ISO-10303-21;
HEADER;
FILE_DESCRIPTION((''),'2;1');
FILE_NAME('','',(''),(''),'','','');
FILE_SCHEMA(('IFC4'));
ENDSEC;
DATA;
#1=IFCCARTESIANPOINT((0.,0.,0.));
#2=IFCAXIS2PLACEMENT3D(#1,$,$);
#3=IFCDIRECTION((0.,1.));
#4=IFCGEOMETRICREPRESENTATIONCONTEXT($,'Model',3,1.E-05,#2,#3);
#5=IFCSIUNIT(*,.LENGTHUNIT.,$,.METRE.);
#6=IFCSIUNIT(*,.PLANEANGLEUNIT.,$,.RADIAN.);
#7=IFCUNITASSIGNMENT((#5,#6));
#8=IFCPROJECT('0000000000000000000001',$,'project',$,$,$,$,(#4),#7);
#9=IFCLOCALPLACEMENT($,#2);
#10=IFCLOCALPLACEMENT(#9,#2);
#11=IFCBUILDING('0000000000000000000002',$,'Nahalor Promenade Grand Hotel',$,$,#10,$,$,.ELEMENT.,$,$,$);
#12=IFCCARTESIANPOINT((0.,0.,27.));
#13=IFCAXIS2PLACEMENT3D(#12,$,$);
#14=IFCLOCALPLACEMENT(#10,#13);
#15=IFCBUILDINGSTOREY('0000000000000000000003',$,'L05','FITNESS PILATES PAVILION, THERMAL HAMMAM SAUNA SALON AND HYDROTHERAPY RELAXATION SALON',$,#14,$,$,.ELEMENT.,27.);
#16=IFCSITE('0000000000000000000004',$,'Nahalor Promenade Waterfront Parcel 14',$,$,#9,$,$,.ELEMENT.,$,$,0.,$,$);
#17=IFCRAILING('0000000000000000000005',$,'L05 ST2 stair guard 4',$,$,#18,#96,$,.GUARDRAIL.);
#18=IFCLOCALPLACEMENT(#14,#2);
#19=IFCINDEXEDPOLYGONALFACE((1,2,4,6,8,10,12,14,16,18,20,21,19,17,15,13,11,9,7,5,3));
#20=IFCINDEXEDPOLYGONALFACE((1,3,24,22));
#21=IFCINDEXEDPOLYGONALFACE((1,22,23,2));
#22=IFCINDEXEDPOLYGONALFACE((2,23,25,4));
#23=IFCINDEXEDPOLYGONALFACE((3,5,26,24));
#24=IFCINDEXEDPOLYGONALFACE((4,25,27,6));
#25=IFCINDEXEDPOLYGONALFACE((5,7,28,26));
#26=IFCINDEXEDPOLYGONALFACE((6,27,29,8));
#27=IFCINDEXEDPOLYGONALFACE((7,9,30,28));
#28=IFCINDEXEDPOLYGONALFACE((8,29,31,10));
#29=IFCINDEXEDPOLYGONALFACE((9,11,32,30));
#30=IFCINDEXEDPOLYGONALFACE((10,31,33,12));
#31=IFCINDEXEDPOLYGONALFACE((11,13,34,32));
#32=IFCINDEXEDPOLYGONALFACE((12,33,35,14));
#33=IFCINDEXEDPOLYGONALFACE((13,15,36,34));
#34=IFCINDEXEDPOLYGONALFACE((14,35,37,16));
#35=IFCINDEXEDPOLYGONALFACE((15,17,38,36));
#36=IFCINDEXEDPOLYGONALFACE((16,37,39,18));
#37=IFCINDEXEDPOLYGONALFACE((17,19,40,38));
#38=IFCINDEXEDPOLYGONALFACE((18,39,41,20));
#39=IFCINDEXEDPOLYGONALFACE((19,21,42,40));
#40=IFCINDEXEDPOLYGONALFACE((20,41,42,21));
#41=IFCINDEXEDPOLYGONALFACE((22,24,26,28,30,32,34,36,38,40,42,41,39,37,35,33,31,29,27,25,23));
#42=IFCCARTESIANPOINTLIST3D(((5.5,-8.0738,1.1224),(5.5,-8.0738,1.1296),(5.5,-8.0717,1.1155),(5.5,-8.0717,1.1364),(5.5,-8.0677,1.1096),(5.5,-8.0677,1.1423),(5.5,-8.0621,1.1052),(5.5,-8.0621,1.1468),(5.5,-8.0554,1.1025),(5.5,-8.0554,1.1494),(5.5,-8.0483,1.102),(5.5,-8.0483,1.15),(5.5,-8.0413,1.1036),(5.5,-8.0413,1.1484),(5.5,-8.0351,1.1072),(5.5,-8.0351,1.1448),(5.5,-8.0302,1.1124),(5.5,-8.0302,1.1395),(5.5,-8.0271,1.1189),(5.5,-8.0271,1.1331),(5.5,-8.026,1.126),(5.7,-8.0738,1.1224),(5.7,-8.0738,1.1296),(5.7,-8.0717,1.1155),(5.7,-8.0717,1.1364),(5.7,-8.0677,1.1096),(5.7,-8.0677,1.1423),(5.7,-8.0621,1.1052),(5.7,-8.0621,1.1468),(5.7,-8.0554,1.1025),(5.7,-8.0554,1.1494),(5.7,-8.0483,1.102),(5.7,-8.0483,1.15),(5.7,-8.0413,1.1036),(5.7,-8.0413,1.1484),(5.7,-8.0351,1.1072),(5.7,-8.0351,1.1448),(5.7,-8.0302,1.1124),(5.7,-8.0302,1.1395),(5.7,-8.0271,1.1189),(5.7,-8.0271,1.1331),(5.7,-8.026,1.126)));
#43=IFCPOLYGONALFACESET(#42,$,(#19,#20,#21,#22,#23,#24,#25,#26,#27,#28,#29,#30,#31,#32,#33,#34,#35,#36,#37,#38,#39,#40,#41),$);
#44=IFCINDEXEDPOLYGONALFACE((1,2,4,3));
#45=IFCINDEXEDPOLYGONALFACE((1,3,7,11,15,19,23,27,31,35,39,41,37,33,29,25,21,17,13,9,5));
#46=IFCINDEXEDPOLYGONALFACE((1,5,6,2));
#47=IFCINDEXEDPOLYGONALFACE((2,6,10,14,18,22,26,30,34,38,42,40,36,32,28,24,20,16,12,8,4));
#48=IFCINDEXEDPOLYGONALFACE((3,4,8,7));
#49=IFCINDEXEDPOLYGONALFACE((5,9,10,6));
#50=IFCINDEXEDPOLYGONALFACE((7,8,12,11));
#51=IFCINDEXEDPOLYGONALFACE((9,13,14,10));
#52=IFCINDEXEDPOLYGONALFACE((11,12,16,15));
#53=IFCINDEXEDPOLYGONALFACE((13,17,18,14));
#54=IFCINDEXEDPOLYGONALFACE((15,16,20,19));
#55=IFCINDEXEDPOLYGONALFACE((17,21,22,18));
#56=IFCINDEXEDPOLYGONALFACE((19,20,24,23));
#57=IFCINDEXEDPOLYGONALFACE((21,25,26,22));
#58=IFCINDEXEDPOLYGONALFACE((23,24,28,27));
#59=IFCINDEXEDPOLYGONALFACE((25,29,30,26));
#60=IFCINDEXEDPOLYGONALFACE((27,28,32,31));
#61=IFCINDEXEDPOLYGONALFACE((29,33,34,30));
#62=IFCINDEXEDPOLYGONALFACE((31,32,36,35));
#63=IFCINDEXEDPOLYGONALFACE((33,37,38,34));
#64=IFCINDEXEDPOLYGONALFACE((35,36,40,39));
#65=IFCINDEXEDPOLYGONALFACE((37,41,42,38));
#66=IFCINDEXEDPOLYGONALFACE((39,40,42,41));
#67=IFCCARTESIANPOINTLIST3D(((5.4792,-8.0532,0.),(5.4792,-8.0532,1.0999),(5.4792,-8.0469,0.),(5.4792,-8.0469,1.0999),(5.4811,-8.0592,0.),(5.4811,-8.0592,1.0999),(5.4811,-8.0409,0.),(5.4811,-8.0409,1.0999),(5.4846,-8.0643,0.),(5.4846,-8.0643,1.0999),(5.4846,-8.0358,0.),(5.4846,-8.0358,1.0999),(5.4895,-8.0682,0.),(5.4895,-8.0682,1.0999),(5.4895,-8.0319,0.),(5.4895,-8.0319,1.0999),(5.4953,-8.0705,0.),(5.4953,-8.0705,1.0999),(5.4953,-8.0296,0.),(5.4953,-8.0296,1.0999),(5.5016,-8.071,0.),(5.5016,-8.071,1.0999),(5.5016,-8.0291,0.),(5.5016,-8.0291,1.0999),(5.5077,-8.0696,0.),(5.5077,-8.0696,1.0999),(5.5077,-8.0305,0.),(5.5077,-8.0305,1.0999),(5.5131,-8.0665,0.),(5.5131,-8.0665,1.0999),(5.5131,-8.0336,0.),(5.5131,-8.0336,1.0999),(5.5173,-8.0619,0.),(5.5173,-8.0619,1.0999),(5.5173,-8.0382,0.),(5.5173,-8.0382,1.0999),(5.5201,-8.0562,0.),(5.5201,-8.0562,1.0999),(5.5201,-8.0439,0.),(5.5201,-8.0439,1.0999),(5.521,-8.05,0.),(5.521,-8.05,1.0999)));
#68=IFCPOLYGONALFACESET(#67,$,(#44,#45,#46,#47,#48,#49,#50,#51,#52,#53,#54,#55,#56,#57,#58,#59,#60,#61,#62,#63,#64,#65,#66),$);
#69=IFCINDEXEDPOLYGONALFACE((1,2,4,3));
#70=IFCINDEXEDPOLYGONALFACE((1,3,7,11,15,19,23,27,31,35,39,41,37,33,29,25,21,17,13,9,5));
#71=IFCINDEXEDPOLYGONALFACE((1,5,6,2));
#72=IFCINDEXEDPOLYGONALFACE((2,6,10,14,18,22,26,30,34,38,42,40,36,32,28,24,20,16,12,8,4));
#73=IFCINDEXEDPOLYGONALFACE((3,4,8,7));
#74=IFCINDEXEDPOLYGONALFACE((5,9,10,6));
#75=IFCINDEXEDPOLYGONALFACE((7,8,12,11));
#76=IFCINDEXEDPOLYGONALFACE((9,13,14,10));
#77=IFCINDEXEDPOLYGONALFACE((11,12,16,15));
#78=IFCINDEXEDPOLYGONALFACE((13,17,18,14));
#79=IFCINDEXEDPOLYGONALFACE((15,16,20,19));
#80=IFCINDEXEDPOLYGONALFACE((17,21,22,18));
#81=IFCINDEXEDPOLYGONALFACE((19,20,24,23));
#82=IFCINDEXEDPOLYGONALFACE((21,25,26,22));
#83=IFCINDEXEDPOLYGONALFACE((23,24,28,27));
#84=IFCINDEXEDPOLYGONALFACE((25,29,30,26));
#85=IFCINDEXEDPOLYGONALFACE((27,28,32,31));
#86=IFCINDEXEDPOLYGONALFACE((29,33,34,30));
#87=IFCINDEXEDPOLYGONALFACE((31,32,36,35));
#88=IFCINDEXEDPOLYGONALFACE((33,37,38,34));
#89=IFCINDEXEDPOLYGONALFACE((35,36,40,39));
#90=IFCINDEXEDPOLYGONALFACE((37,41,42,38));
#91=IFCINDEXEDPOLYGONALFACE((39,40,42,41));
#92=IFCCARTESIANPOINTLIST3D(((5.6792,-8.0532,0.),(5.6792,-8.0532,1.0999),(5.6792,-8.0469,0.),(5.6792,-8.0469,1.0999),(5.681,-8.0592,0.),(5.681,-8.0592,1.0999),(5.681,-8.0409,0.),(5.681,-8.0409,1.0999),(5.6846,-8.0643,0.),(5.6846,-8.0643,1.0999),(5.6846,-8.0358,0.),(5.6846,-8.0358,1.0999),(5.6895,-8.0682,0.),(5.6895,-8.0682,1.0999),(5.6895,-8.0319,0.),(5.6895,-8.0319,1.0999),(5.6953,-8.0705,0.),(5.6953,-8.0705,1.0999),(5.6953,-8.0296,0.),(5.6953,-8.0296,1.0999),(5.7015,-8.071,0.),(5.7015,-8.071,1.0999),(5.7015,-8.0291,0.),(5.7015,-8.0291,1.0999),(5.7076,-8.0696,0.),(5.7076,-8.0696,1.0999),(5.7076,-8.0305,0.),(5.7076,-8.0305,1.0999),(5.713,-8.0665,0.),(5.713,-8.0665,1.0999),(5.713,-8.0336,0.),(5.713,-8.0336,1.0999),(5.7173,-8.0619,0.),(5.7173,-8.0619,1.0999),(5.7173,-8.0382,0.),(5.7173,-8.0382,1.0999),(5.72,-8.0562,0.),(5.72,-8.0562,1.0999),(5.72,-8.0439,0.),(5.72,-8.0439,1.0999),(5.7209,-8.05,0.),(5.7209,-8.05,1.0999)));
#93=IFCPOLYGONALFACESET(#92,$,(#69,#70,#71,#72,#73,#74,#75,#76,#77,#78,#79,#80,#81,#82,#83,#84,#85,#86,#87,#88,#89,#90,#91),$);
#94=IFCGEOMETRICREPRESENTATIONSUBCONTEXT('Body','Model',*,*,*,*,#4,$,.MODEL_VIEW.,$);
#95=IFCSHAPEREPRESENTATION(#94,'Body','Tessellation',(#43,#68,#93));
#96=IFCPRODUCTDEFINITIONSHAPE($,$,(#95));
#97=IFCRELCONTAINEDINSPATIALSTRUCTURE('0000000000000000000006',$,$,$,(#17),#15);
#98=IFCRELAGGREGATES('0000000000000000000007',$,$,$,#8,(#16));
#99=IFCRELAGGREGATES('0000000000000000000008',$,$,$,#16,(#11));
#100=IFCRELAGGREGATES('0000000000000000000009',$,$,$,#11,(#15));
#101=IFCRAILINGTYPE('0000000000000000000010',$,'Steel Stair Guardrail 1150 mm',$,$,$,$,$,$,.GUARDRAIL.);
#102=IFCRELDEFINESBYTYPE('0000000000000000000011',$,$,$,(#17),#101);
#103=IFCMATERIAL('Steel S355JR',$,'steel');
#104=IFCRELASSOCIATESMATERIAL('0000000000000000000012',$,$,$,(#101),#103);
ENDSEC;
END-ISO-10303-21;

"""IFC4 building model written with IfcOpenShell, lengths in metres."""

from ifc_helpers import new_model, si_unit, direction, frame, origin, origin_2d, place, context, subcontext, project, spatial, circle, extrude, material, type_object, element, save


model = new_model("IFC4")

# Units and contexts
model_context = context("Model", 3, precision=1e-05, world=origin(), true_north=direction((0.0, 1.0)))
body_context = subcontext(model_context, "Body", "Model", "MODEL_VIEW")
ifc_project = project(units=[si_unit("LENGTHUNIT", "METRE"), si_unit("PLANEANGLEUNIT", "RADIAN")], contexts=[model_context])

# Site, building, storey
site_placement = place(None, origin())
site = spatial("IfcSite", under=ifc_project, at=site_placement, Name="Nahalor Promenade Waterfront Parcel 14", CompositionType="ELEMENT", RefElevation=0.0)
building_placement = place(site_placement, origin())
building = spatial("IfcBuilding", under=site, at=building_placement, Name="Nahalor Promenade Grand Hotel", CompositionType="ELEMENT")
storey_placement = place(building_placement, frame((0.0, 0.0, 27.0)))
storey = spatial("IfcBuildingStorey", under=building, at=storey_placement, Name="L05", Description="FITNESS PILATES PAVILION, THERMAL HAMMAM SAUNA SALON AND HYDROTHERAPY RELAXATION SALON", CompositionType="ELEMENT", Elevation=27.0)

# Shared definitions
ifc_material_1 = material(Name="Steel S355JR", Category="steel")

# Railing
railing_type_1 = type_object("IfcRailingType", Name="Steel Stair Guardrail 1150 mm", PredefinedType="GUARDRAIL", material=ifc_material_1)
railing_1_placement = place(storey_placement, frame((5.5, -8.05, 0.0)))
element("IfcRailing", 1, at=railing_1_placement, inside=storey, type_object=railing_type_1, Name="L05 ST2 stair guard 4", PredefinedType="GUARDRAIL", context=body_context, shape_type="SweptSolid", body=[
    extrude(circle(Radius=0.024, at=origin_2d()), frame((0.0, 0.0, 1.126), z_axis=(1.0, 0.0, 0.0), x_axis=(0.0, 1.0, 0.0)), (0.0, 0.0, 1.0), 0.2),
    extrude(circle(Radius=0.021, at=origin_2d()), origin(), (0.0, 0.0, 1.0), 1.0999),
    extrude(circle(Radius=0.021, at=origin_2d()), frame((0.2, 0.0, 0.0)), (0.0, 0.0, 1.0), 1.0999),
])

save(model, "model.ifc")
